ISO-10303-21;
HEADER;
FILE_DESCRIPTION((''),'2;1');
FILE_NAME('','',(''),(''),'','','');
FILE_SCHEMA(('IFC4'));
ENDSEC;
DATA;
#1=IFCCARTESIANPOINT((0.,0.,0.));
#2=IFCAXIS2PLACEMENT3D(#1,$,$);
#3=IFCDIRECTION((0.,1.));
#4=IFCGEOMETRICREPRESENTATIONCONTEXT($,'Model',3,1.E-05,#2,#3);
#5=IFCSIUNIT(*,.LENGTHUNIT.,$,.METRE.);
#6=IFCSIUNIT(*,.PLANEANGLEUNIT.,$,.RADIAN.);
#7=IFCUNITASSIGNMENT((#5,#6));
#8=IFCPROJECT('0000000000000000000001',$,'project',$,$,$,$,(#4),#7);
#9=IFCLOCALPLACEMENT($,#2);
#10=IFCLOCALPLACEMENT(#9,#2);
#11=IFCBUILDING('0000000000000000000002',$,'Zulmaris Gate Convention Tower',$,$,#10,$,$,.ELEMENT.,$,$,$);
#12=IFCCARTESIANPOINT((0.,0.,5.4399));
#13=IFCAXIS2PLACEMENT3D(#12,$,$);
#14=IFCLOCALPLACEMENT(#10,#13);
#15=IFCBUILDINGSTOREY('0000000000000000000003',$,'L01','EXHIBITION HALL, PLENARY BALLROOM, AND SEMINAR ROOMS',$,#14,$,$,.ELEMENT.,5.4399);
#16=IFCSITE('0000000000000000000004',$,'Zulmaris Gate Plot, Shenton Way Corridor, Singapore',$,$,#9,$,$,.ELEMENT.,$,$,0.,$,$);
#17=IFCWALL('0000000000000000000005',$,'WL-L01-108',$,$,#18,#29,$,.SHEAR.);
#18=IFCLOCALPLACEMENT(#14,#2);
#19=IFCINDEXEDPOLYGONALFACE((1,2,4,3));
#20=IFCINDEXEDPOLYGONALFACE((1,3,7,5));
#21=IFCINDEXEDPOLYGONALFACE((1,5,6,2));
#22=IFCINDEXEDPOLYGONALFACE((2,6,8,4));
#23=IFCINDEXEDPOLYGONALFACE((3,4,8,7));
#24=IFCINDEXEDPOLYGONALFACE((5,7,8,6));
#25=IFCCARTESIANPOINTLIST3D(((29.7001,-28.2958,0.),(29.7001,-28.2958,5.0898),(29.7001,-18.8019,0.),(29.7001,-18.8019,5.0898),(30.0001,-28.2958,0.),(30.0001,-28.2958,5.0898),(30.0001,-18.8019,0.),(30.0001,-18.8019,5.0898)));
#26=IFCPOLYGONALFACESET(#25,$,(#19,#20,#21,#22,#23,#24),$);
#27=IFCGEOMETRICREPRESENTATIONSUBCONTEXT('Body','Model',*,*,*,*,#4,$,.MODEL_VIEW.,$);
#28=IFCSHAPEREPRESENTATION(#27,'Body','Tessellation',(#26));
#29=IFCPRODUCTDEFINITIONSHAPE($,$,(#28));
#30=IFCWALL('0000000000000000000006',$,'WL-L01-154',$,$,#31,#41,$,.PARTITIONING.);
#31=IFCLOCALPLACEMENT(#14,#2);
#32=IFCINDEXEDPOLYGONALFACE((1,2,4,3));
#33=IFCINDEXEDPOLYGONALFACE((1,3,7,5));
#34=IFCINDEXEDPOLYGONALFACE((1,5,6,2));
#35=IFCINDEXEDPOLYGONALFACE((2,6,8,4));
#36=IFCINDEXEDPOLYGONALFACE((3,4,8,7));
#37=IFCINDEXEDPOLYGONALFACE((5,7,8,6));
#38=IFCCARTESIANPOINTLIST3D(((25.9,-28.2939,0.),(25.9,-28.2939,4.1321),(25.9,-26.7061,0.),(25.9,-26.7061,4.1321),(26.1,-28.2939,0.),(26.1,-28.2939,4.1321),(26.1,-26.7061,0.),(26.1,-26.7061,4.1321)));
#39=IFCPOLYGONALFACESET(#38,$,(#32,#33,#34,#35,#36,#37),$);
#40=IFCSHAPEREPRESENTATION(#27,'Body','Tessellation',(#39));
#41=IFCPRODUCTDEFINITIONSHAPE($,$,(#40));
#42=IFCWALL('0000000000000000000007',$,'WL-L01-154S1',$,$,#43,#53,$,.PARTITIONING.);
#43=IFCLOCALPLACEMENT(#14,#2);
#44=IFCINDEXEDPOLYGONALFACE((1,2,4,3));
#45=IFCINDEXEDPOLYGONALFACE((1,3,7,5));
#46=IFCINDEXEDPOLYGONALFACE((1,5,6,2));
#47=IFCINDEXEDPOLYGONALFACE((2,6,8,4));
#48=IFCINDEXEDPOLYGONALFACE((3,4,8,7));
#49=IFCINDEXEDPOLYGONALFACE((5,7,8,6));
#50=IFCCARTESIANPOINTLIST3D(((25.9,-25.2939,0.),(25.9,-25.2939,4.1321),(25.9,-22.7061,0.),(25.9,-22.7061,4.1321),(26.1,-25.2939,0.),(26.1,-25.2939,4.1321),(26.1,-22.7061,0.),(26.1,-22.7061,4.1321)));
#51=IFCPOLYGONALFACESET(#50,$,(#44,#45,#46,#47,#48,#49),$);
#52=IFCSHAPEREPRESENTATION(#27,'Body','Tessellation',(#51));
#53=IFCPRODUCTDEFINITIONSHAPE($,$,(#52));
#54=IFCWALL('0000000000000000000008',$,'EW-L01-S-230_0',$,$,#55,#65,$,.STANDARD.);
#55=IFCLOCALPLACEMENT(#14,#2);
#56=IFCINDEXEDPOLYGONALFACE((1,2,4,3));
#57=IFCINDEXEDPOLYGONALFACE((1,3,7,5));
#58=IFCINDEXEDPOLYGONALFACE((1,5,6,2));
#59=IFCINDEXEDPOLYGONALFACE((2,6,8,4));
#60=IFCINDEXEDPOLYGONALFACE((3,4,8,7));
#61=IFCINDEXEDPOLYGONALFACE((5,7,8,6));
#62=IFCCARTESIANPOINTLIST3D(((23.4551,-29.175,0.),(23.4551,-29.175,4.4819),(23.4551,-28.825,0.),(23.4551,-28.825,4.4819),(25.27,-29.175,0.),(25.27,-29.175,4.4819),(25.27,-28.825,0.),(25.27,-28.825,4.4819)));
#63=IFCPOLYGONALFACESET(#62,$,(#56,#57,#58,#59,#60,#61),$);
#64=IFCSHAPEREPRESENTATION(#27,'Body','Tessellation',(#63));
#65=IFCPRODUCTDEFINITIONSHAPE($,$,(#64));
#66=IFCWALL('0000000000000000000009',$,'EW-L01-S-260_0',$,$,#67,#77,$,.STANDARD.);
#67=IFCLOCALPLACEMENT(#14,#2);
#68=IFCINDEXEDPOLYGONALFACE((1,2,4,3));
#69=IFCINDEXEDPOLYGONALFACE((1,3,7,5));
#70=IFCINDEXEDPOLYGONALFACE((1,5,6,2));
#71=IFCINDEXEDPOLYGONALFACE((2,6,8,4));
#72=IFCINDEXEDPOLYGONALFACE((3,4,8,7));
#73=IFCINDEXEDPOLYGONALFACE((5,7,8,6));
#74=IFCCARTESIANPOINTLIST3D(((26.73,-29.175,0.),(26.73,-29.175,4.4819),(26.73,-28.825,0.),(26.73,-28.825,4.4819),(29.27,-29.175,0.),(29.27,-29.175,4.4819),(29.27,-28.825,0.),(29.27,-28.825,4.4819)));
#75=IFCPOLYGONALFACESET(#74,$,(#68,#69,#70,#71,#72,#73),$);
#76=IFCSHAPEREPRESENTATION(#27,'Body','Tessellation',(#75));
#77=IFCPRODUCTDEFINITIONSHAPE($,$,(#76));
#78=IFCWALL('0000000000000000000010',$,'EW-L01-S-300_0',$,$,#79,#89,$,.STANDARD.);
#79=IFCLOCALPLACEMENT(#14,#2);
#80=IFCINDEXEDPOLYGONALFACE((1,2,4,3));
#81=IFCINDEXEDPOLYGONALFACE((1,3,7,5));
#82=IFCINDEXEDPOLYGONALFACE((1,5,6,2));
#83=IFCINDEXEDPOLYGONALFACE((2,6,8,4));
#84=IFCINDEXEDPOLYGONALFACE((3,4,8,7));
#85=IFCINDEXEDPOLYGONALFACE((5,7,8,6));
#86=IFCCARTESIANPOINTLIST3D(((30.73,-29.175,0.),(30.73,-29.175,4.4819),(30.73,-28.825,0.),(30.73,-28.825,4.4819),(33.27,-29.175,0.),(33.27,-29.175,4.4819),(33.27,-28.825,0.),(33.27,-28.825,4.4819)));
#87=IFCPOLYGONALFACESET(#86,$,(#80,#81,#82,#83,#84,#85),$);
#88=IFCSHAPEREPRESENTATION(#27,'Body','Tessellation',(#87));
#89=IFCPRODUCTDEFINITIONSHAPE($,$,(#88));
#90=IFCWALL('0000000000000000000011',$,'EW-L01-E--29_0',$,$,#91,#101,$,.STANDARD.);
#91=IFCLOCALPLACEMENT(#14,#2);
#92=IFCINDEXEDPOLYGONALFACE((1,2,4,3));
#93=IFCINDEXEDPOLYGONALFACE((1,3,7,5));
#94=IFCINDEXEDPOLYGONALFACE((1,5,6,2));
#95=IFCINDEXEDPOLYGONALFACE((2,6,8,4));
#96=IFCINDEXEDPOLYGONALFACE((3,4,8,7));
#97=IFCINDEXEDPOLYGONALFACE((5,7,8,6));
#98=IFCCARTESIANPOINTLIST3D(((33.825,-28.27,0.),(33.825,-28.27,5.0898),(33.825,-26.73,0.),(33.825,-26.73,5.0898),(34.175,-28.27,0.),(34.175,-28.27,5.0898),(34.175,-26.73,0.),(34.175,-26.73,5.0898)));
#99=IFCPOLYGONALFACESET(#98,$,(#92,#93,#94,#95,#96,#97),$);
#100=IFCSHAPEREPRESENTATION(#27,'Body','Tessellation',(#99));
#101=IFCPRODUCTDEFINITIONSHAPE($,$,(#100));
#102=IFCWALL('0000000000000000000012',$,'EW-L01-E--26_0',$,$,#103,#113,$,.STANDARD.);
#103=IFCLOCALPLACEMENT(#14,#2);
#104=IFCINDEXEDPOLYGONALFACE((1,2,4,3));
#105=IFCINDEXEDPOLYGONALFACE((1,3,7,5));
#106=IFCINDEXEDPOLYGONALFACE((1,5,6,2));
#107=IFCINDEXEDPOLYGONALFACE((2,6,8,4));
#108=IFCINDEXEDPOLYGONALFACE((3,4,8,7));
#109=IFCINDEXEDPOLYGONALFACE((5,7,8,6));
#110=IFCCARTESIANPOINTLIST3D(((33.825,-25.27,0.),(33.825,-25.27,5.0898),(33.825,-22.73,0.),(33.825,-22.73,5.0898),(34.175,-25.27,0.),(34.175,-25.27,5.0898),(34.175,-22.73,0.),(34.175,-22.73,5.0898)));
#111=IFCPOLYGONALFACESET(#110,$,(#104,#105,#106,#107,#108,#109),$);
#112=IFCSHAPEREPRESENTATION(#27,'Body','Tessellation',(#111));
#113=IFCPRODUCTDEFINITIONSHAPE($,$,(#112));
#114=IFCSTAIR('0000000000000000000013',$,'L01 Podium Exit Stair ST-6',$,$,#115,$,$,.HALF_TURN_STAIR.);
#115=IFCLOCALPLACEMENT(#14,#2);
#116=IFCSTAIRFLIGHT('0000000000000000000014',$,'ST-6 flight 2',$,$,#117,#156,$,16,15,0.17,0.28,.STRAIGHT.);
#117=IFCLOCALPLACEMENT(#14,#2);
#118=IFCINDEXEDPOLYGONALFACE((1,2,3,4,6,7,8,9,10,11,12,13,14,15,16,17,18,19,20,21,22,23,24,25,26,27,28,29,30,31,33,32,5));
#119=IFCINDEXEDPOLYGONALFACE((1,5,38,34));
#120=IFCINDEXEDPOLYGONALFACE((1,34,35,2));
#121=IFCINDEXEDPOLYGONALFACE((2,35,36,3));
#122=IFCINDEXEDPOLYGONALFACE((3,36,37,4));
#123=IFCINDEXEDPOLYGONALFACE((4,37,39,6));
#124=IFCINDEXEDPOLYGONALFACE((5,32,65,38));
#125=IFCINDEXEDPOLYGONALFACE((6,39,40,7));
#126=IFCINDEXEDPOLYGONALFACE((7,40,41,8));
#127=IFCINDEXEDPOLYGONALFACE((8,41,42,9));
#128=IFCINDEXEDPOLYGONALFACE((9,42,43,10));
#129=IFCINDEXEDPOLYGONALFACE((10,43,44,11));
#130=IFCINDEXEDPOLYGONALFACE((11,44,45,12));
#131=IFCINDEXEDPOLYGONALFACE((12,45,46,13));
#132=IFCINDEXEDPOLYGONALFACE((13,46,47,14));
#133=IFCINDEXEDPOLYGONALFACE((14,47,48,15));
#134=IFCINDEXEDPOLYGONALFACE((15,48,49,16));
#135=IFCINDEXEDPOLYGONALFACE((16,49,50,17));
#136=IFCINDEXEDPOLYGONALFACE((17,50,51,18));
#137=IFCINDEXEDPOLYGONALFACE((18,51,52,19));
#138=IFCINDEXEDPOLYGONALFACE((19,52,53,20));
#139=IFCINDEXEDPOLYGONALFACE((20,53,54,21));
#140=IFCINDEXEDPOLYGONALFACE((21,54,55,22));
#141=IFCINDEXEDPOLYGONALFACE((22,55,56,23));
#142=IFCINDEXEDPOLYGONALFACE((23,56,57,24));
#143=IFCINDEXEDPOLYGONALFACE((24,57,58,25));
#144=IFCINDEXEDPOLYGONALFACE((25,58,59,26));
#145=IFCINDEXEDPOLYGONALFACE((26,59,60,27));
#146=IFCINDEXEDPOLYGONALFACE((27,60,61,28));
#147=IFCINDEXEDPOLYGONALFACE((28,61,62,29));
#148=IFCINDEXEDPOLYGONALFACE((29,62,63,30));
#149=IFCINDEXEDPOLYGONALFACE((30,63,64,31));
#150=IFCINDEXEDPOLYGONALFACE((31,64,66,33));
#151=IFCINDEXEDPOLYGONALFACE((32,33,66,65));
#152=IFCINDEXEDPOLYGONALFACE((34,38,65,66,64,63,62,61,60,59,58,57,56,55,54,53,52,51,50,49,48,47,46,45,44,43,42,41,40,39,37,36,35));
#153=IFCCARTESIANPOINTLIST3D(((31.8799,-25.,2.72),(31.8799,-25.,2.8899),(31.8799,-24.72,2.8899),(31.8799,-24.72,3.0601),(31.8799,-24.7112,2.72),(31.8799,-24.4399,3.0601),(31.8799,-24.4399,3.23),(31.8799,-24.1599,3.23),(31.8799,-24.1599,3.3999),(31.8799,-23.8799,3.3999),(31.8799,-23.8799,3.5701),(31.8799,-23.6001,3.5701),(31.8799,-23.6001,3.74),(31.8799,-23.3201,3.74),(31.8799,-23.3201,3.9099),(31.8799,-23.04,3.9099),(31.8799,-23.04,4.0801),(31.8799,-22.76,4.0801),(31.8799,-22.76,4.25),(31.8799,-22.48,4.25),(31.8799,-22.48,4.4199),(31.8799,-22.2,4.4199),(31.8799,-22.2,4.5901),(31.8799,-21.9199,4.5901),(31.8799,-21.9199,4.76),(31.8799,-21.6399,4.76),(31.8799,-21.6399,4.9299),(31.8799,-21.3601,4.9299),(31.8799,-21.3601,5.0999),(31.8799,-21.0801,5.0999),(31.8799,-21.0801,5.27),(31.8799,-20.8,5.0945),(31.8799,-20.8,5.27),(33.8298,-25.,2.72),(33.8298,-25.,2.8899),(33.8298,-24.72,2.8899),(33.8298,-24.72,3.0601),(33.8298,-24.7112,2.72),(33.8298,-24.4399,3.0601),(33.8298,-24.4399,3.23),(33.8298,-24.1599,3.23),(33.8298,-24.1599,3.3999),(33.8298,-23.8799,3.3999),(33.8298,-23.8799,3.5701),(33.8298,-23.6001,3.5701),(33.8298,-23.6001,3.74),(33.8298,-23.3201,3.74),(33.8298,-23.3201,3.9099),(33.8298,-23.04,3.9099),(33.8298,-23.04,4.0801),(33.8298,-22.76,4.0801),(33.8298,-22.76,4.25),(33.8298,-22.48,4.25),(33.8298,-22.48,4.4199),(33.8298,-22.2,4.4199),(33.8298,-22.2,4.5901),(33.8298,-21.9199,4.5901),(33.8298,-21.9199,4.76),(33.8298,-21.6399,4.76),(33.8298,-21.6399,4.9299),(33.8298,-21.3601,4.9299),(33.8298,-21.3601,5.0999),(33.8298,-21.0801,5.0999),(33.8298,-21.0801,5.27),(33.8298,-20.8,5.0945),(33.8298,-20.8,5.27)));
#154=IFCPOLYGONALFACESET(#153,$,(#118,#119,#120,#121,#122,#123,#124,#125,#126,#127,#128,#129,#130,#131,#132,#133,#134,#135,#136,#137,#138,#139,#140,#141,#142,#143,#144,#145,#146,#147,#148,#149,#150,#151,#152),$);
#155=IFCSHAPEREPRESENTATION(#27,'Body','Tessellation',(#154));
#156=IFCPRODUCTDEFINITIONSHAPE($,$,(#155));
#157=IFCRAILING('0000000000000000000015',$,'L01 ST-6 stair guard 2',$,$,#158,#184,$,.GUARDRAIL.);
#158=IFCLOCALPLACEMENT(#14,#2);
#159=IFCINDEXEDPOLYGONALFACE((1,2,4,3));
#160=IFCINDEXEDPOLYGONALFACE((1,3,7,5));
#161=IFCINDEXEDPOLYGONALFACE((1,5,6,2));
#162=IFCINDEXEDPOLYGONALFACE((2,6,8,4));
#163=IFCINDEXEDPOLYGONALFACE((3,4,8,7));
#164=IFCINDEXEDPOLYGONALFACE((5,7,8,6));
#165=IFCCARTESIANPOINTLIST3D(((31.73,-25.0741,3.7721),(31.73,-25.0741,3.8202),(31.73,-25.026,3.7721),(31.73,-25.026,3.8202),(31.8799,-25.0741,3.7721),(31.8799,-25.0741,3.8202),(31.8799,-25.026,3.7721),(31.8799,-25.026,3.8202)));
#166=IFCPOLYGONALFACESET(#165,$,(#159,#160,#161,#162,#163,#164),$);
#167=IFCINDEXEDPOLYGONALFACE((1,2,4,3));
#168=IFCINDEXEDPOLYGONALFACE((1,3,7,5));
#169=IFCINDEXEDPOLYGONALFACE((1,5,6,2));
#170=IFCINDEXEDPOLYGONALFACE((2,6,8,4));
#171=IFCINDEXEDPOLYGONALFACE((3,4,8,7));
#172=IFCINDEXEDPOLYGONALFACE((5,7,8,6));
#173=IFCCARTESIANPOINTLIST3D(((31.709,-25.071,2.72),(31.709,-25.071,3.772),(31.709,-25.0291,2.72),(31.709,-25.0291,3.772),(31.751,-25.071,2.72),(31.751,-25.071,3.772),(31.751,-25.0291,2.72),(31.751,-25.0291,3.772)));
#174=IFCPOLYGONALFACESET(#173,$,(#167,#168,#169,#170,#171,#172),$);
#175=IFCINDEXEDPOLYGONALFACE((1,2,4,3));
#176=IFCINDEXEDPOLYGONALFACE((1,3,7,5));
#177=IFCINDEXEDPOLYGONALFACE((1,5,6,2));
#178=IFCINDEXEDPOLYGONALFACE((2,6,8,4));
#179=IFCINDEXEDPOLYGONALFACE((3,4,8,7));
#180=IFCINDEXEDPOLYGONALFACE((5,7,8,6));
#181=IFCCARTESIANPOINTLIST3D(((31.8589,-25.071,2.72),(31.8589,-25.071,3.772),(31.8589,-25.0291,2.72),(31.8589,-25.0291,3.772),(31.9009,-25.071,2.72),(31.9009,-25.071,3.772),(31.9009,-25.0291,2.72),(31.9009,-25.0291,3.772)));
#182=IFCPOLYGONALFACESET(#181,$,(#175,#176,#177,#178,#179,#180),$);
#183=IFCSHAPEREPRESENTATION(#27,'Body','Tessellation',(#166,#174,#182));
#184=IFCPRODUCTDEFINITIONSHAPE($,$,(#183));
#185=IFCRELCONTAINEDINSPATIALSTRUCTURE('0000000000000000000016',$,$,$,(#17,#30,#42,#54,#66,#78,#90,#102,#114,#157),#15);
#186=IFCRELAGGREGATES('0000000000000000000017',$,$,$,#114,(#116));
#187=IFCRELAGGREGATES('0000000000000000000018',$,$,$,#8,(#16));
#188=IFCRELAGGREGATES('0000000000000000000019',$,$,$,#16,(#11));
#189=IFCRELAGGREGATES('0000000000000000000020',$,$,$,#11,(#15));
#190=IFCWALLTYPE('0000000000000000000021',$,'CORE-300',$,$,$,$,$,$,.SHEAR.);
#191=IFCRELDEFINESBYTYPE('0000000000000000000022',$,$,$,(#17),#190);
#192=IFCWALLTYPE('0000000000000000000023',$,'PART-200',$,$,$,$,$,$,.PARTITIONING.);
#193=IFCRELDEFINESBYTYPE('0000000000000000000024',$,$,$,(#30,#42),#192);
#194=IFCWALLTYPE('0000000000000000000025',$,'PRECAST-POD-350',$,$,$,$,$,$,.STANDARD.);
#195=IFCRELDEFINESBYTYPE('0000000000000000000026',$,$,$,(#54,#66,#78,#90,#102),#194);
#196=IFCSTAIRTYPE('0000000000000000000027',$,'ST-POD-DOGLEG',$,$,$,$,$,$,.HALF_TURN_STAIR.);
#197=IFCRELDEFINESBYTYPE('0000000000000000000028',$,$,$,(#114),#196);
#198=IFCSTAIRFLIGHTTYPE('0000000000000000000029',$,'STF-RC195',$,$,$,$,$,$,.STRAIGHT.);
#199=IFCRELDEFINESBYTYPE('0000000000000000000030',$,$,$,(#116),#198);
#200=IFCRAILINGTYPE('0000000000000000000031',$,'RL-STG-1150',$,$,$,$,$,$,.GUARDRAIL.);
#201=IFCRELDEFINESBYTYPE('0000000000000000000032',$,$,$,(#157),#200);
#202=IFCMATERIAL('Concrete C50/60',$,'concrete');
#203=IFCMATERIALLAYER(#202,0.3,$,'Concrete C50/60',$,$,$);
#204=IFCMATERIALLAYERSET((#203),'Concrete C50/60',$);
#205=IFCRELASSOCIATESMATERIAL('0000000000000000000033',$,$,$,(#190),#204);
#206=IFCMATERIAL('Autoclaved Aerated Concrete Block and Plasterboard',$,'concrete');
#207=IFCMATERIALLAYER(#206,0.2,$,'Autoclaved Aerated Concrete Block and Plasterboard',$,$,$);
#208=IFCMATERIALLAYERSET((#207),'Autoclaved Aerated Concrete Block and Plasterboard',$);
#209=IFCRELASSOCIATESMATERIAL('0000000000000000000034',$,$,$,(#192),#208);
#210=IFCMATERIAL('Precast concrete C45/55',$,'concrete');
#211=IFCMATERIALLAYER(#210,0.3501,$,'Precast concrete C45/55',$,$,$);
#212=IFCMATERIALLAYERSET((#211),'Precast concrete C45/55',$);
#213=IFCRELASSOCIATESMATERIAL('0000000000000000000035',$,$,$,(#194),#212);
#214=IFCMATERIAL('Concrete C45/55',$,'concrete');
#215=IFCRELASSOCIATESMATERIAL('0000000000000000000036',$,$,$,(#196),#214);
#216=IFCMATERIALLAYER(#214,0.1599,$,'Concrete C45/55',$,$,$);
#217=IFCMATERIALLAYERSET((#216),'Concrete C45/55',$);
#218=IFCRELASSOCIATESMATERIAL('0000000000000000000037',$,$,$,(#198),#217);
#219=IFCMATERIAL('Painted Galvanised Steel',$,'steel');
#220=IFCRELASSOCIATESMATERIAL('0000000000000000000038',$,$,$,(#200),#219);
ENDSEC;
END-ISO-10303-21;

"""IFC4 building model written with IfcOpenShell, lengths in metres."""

from ifc_helpers import new_model, si_unit, direction, frame, frame_2d, origin, origin_2d, place, context, subcontext, project, spatial, polyline, rectangle, outline, extrude, material, layer, layer_set, type_object, element, aggregate, save


model = new_model("IFC4")

# Units and contexts
model_context = context("Model", 3, precision=1e-05, world=origin(), true_north=direction((0.0, 1.0)))
body_context = subcontext(model_context, "Body", "Model", "MODEL_VIEW")
ifc_project = project(units=[si_unit("LENGTHUNIT", "METRE"), si_unit("PLANEANGLEUNIT", "RADIAN")], contexts=[model_context])

# Site, building, storey
site_placement = place(None, origin())
site = spatial("IfcSite", under=ifc_project, at=site_placement, Name="Zulmaris Gate Plot, Shenton Way Corridor, Singapore", CompositionType="ELEMENT", RefElevation=0.0)
building_placement = place(site_placement, origin())
building = spatial("IfcBuilding", under=site, at=building_placement, Name="Zulmaris Gate Convention Tower", CompositionType="ELEMENT")
storey_placement = place(building_placement, frame((0.0, 0.0, 5.4399)))
storey = spatial("IfcBuildingStorey", under=building, at=storey_placement, Name="L01", Description="EXHIBITION HALL, PLENARY BALLROOM, AND SEMINAR ROOMS", CompositionType="ELEMENT", Elevation=5.4399)

# Walls
ifc_material_1 = material(Name="Concrete C50/60", Category="concrete")
ifc_layer_1 = layer(ifc_material_1, 0.3, Name="Concrete C50/60")
ifc_layer_set_1 = layer_set([ifc_layer_1], Name="Concrete C50/60")
wall_type_1 = type_object("IfcWallType", Name="CORE-300", PredefinedType="SHEAR", material=ifc_layer_set_1)
wall_1_placement = place(storey_placement, frame((29.8501, -28.2959, 0.0), z_axis=(0.0, 0.0, 1.0), x_axis=(0.0, 1.0, 0.0)))
element("IfcWall", 1, at=wall_1_placement, inside=storey, type_object=wall_type_1, Name="WL-L01-108", PredefinedType="SHEAR", context=body_context, shape_type="SweptSolid", body=[
    extrude(rectangle(XDim=9.4939, YDim=0.3, at=frame_2d((4.7471, 0.0))), origin(), (0.0, 0.0, 1.0), 5.0898),
])
ifc_material_2 = material(Name="Autoclaved Aerated Concrete Block and Plasterboard", Category="concrete")
ifc_layer_2 = layer(ifc_material_2, 0.2, Name="Autoclaved Aerated Concrete Block and Plasterboard")
ifc_layer_set_2 = layer_set([ifc_layer_2], Name="Autoclaved Aerated Concrete Block and Plasterboard")
wall_type_2 = type_object("IfcWallType", Name="PART-200", PredefinedType="PARTITIONING", material=ifc_layer_set_2)
wall_2_placement = place(storey_placement, frame((26.0, -28.2939, 0.0), z_axis=(0.0, 0.0, 1.0), x_axis=(0.0, 1.0, 0.0)))
element("IfcWall", 2, at=wall_2_placement, inside=storey, type_object=wall_type_2, Name="WL-L01-154", PredefinedType="PARTITIONING", context=body_context, shape_type="SweptSolid", body=[
    extrude(rectangle(XDim=1.5879, YDim=0.2, at=frame_2d((0.7939, 0.0))), origin(), (0.0, 0.0, 1.0), 4.1321),
])
wall_3_placement = place(storey_placement, frame((26.0, -25.2939, 0.0), z_axis=(0.0, 0.0, 1.0), x_axis=(0.0, 1.0, 0.0)))
element("IfcWall", 3, at=wall_3_placement, inside=storey, type_object=wall_type_2, Name="WL-L01-154S1", PredefinedType="PARTITIONING", context=body_context, shape_type="SweptSolid", body=[
    extrude(rectangle(XDim=2.5879, YDim=0.2, at=frame_2d((1.2939, 0.0))), origin(), (0.0, 0.0, 1.0), 4.1321),
])
ifc_material_3 = material(Name="Precast concrete C45/55", Category="concrete")
ifc_layer_3 = layer(ifc_material_3, 0.3501, Name="Precast concrete C45/55")
ifc_layer_set_3 = layer_set([ifc_layer_3], Name="Precast concrete C45/55")
wall_type_3 = type_object("IfcWallType", Name="PRECAST-POD-350", PredefinedType="STANDARD", material=ifc_layer_set_3)
wall_4_placement = place(storey_placement, frame((23.4551, -29.0, 0.0), z_axis=(0.0, 0.0, 1.0), x_axis=(1.0, 0.0, 0.0)))
element("IfcWall", 4, at=wall_4_placement, inside=storey, type_object=wall_type_3, Name="EW-L01-S-230_0", PredefinedType="STANDARD", context=body_context, shape_type="SweptSolid", body=[
    extrude(rectangle(XDim=1.8149, YDim=0.3501, at=frame_2d((0.9075, 0.0))), origin(), (0.0, 0.0, 1.0), 4.4819),
])
for number, where, z_axis, x_axis, name in (
    (5, (26.73, -29.0, 0.0), (0.0, 0.0, 1.0), (1.0, 0.0, 0.0), "EW-L01-S-260_0"),
    (6, (30.73, -29.0, 0.0), (0.0, 0.0, 1.0), (1.0, 0.0, 0.0), "EW-L01-S-300_0"),
):
    element("IfcWall", number, at=place(storey_placement, frame(where, z_axis=z_axis, x_axis=x_axis)), inside=storey, type_object=wall_type_3, Name=name, PredefinedType="STANDARD", context=body_context, shape_type="SweptSolid", body=[
        extrude(rectangle(XDim=2.54, YDim=0.3501, at=frame_2d((1.27, 0.0))), origin(), (0.0, 0.0, 1.0), 4.4819),
    ])
wall_5_placement = place(storey_placement, frame((34.0, -26.73, 0.0), z_axis=(0.0, 0.0, 1.0), x_axis=(0.0, -1.0, 0.0)))
element("IfcWall", 7, at=wall_5_placement, inside=storey, type_object=wall_type_3, Name="EW-L01-E--29_0", PredefinedType="STANDARD", context=body_context, shape_type="SweptSolid", body=[
    extrude(rectangle(XDim=1.54, YDim=0.3501, at=frame_2d((0.77, 0.0))), origin(), (0.0, 0.0, 1.0), 5.0898),
])
wall_6_placement = place(storey_placement, frame((34.0, -22.73, 0.0), z_axis=(0.0, 0.0, 1.0), x_axis=(0.0, -1.0, 0.0)))
element("IfcWall", 8, at=wall_6_placement, inside=storey, type_object=wall_type_3, Name="EW-L01-E--26_0", PredefinedType="STANDARD", context=body_context, shape_type="SweptSolid", body=[
    extrude(rectangle(XDim=2.54, YDim=0.3501, at=frame_2d((1.27, 0.0))), origin(), (0.0, 0.0, 1.0), 5.0898),
])

# Stair, stair flight
ifc_material_4 = material(Name="Concrete C45/55", Category="concrete")
stair_type = type_object("IfcStairType", Name="ST-POD-DOGLEG", PredefinedType="HALF_TURN_STAIR", material=ifc_material_4)
stair_placement = place(storey_placement, origin())
stair = element("IfcStair", 9, at=stair_placement, inside=storey, type_object=stair_type, Name="L01 Podium Exit Stair ST-6", PredefinedType="HALF_TURN_STAIR")
ifc_layer_4 = layer(ifc_material_4, 0.1599, Name="Concrete C45/55")
ifc_layer_set_4 = layer_set([ifc_layer_4], Name="Concrete C45/55")
stair_flight_type = type_object("IfcStairFlightType", Name="STF-RC195", PredefinedType="STRAIGHT", material=ifc_layer_set_4)
stair_flight_placement = place(storey_placement, frame((32.855, -25.0, 2.72), z_axis=(0.0, 0.0, 1.0), x_axis=(0.0, 1.0, 0.0)))
stair_flight = element("IfcStairFlight", 10, at=stair_flight_placement, type_object=stair_flight_type, Name="ST-6 flight 2", NumberOfRisers=16, NumberOfTreads=15, PredefinedType="STRAIGHT", RiserHeight=0.17, TreadLength=0.28, context=body_context, shape_type="SweptSolid", body=[
    extrude(outline(polyline([(0.0, 0.0), (0.0, 0.1699), (0.28, 0.1699), (0.28, 0.3401), (0.5601, 0.3401), (0.5601, 0.51), (0.8401, 0.51), (0.8401, 0.6799), (1.1201, 0.6799), (1.1201, 0.8501), (1.3999, 0.8501), (1.3999, 1.02), (1.6799, 1.02), (1.6799, 1.1899), (1.96, 1.1899), (1.96, 1.3601), (2.24, 1.3601), (2.24, 1.53), (2.52, 1.53), (2.52, 1.7), (2.8, 1.7), (2.8, 1.8701), (3.0801, 1.8701), (3.0801, 2.04), (3.3601, 2.04), (3.3601, 2.21), (3.6399, 2.21), (3.6399, 2.3799), (3.9199, 2.3799), (3.9199, 2.55), (4.2, 2.55), (4.2, 2.72), (4.2, 2.3745), (0.2888, 0.0), (0.0, 0.0)])), frame((0.0, 0.9751, 0.0), z_axis=(0.0, -1.0, 0.0), x_axis=(1.0, 0.0, 0.0)), (0.0, 0.0, 1.0), 1.95),
])
aggregate(stair, [stair_flight])

# Railing
ifc_material_5 = material(Name="Painted Galvanised Steel", Category="steel")
railing_type_1 = type_object("IfcRailingType", Name="RL-STG-1150", PredefinedType="GUARDRAIL", material=ifc_material_5)
railing_1_placement = place(storey_placement, frame((31.73, -25.05, 2.72)))
element("IfcRailing", 11, at=railing_1_placement, inside=storey, type_object=railing_type_1, Name="L01 ST-6 stair guard 2", PredefinedType="GUARDRAIL", context=body_context, shape_type="SweptSolid", body=[
    extrude(rectangle(XDim=0.0481, YDim=0.0481, at=origin_2d()), frame((0.0, 0.0, 1.0762), z_axis=(1.0, 0.0, 0.0), x_axis=(0.0, 1.0, 0.0)), (0.0, 0.0, 1.0), 0.1499),
    extrude(rectangle(XDim=0.042, YDim=0.042, at=origin_2d()), origin(), (0.0, 0.0, 1.0), 1.052),
    extrude(rectangle(XDim=0.042, YDim=0.042, at=origin_2d()), frame((0.1499, 0.0, 0.0)), (0.0, 0.0, 1.0), 1.052),
])

save(model, "model.ifc")
